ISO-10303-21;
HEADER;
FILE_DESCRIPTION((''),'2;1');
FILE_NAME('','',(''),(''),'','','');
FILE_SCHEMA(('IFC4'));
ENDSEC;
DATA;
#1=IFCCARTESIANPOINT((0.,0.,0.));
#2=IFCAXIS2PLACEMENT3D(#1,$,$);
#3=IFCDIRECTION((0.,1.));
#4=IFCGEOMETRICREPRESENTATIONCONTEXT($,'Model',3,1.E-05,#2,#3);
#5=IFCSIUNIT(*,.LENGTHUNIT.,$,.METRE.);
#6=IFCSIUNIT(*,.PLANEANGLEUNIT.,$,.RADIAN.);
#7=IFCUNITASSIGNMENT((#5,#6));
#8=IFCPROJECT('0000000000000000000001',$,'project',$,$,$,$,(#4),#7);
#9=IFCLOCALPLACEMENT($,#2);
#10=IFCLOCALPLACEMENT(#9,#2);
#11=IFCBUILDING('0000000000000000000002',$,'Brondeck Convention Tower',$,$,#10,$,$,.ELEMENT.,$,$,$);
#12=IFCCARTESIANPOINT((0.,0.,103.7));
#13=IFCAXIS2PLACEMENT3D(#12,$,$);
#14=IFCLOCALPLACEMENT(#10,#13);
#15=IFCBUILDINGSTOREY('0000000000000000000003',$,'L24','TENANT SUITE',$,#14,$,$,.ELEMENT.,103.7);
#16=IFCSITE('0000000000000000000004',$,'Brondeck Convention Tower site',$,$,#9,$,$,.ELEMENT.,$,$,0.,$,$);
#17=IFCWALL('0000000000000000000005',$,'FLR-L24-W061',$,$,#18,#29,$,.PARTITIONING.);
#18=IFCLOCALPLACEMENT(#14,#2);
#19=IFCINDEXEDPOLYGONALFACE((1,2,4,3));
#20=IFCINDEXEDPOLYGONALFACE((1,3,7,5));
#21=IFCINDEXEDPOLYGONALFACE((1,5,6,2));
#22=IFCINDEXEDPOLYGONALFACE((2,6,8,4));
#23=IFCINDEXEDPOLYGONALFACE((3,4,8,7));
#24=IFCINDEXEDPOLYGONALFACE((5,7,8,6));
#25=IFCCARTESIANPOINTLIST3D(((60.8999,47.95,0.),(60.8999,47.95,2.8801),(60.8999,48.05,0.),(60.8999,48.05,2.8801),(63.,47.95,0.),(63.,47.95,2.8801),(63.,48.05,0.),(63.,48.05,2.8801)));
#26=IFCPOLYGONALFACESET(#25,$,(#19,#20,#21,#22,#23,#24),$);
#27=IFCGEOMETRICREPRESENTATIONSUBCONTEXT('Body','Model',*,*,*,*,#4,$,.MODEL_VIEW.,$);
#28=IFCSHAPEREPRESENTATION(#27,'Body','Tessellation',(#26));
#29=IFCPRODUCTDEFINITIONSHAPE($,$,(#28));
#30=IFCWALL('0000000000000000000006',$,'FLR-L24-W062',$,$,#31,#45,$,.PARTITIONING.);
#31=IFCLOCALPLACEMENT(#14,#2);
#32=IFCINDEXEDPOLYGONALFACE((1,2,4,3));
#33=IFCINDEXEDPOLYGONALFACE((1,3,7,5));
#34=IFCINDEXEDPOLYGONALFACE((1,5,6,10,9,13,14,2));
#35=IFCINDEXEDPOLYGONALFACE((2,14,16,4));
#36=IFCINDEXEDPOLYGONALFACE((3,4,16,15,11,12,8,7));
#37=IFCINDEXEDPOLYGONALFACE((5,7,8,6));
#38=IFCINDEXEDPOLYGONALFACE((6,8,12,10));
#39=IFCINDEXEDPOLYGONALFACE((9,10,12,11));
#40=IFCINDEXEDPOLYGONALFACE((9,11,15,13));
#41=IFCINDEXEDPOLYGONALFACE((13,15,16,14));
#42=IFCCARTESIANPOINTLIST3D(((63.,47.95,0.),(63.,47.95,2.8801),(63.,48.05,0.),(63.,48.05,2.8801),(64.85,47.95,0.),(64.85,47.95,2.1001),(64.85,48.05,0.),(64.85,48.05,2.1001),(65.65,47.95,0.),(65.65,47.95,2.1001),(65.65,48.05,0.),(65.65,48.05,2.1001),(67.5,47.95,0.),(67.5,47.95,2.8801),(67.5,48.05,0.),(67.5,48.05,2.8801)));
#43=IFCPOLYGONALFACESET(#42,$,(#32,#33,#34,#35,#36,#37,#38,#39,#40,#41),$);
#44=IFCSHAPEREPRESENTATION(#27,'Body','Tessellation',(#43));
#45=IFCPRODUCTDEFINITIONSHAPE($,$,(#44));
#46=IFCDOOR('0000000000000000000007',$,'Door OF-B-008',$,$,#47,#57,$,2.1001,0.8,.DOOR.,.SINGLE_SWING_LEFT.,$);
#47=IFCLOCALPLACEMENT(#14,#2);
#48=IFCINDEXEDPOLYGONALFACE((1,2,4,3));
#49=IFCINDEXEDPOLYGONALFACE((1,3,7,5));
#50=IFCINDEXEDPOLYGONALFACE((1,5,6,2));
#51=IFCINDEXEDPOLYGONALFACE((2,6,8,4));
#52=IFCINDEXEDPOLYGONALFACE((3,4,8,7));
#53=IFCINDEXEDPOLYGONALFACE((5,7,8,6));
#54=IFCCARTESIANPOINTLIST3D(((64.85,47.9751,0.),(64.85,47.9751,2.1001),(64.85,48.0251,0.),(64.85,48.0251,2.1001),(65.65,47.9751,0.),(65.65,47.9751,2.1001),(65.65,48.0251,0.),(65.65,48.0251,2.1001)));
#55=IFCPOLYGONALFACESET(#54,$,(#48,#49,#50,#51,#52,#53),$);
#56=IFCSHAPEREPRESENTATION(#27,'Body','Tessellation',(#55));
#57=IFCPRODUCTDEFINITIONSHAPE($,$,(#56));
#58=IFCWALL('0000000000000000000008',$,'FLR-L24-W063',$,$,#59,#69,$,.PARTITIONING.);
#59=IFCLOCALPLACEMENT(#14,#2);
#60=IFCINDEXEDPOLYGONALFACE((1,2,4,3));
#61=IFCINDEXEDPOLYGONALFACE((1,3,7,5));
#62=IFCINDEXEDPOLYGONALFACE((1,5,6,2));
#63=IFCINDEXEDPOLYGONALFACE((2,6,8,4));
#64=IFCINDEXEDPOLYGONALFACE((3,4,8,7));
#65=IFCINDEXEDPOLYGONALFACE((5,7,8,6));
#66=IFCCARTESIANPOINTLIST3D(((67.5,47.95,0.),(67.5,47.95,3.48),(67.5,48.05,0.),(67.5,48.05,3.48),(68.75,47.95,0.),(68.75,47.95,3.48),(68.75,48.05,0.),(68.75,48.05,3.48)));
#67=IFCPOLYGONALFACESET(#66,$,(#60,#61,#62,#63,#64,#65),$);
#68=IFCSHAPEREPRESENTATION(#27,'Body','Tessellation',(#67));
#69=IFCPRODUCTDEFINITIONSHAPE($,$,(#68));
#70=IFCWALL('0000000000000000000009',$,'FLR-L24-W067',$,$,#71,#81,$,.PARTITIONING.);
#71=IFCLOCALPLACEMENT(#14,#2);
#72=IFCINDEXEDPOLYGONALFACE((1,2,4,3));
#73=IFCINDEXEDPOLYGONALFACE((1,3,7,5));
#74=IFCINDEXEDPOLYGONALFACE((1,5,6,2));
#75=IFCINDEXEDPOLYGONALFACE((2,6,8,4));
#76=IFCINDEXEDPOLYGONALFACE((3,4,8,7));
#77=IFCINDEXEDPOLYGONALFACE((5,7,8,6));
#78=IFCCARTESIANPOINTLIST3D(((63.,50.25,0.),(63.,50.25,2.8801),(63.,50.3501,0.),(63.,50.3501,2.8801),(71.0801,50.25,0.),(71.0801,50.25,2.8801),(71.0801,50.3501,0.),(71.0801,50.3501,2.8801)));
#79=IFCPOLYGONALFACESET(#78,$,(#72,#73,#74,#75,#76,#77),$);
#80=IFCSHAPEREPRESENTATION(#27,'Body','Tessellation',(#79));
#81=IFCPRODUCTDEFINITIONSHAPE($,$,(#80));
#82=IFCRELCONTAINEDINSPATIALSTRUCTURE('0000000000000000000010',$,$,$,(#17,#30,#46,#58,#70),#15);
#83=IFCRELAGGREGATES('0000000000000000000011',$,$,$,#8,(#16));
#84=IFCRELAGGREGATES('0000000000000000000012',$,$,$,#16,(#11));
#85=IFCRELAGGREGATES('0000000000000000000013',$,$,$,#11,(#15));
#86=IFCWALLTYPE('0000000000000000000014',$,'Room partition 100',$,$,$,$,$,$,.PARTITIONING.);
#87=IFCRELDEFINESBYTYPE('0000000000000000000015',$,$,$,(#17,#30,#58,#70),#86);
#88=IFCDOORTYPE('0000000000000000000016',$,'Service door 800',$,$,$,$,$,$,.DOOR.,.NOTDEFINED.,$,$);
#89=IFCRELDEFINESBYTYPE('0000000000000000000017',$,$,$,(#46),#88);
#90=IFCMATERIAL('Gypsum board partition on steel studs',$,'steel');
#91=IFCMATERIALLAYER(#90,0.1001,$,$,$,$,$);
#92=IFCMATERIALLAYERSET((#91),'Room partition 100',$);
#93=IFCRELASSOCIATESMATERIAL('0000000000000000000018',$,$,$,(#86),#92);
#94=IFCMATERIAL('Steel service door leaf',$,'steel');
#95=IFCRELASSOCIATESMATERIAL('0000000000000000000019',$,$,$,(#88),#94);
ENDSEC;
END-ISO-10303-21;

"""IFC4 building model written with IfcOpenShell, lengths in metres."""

from ifc_helpers import new_model, si_unit, direction, frame, frame_2d, origin, place, context, subcontext, project, spatial, rectangle, extrude, material, layer, layer_set, type_object, element, fill, save


model = new_model("IFC4")

# Units and contexts
model_context = context("Model", 3, precision=1e-05, world=origin(), true_north=direction((0.0, 1.0)))
body_context = subcontext(model_context, "Body", "Model", "MODEL_VIEW")
ifc_project = project(units=[si_unit("LENGTHUNIT", "METRE"), si_unit("PLANEANGLEUNIT", "RADIAN")], contexts=[model_context])

# Site, building, storey
site_placement = place(None, origin())
site = spatial("IfcSite", under=ifc_project, at=site_placement, Name="Brondeck Convention Tower site", CompositionType="ELEMENT", RefElevation=0.0)
building_placement = place(site_placement, origin())
building = spatial("IfcBuilding", under=site, at=building_placement, Name="Brondeck Convention Tower", CompositionType="ELEMENT")
storey_placement = place(building_placement, frame((0.0, 0.0, 103.7)))
storey = spatial("IfcBuildingStorey", under=building, at=storey_placement, Name="L24", Description="TENANT SUITE", CompositionType="ELEMENT", Elevation=103.7)

# Wall
ifc_material_1 = material(Name="Gypsum board partition on steel studs", Category="steel")
ifc_layer = layer(ifc_material_1, 0.1001)
ifc_layer_set = layer_set([ifc_layer], Name="Room partition 100")
wall_type = type_object("IfcWallType", Name="Room partition 100", PredefinedType="PARTITIONING", material=ifc_layer_set)
wall_1_placement = place(storey_placement, frame((63.0, 48.0, 0.0), z_axis=(0.0, 0.0, 1.0), x_axis=(-1.0, 0.0, 0.0)))
element("IfcWall", 1, at=wall_1_placement, inside=storey, type_object=wall_type, Name="FLR-L24-W061", PredefinedType="PARTITIONING", context=body_context, shape_type="SweptSolid", body=[
    extrude(rectangle(XDim=2.1001, YDim=0.1001, at=frame_2d((1.05, 0.0))), origin(), (0.0, 0.0, 1.0), 2.8801),
])

# Wall, opening, door
wall_2_placement = place(storey_placement, frame((67.5, 48.0, 0.0), z_axis=(0.0, 0.0, 1.0), x_axis=(-1.0, 0.0, 0.0)))
wall_2 = element("IfcWall", 2, at=wall_2_placement, inside=storey, type_object=wall_type, Name="FLR-L24-W062", PredefinedType="PARTITIONING", context=body_context, shape_type="SweptSolid", body=[
    extrude(rectangle(XDim=4.5, YDim=0.1001, at=frame_2d((2.25, 0.0))), origin(), (0.0, 0.0, 1.0), 2.8801),
])
opening_placement = place(wall_2_placement, frame((1.8501, 0.0, 0.0)))
opening = element("IfcOpeningElement", 3, at=opening_placement, cuts=wall_2, PredefinedType="OPENING", context=body_context, shape_type="SweptSolid", body=[
    extrude(rectangle(XDim=0.8, YDim=2.1001, at=frame_2d((0.3999, 1.05))), frame((0.0, 0.0601, 0.0), z_axis=(0.0, -1.0, 0.0), x_axis=(1.0, 0.0, 0.0)), (0.0, 0.0, 1.0), 0.1201),
])
ifc_material_2 = material(Name="Steel service door leaf", Category="steel")
door_type = type_object("IfcDoorType", Name="Service door 800", OperationType="NOTDEFINED", PredefinedType="DOOR", material=ifc_material_2)
door_placement = place(opening_placement, origin())
door = element("IfcDoor", 4, at=door_placement, inside=storey, type_object=door_type, Name="Door OF-B-008", OperationType="SINGLE_SWING_LEFT", OverallHeight=2.1001, OverallWidth=0.8, PredefinedType="DOOR", context=body_context, shape_type="SweptSolid", body=[
    extrude(rectangle(XDim=0.8, YDim=2.1001, at=frame_2d((0.3999, 1.05))), frame((0.0, 0.0249, 0.0), z_axis=(0.0, -1.0, 0.0), x_axis=(1.0, 0.0, 0.0)), (0.0, 0.0, 1.0), 0.05),
])
fill(opening, door)

# Walls
wall_3_placement = place(storey_placement, frame((68.75, 48.0, 0.0), z_axis=(0.0, 0.0, 1.0), x_axis=(-1.0, 0.0, 0.0)))
element("IfcWall", 5, at=wall_3_placement, inside=storey, type_object=wall_type, Name="FLR-L24-W063", PredefinedType="PARTITIONING", context=body_context, shape_type="SweptSolid", body=[
    extrude(rectangle(XDim=1.25, YDim=0.1001, at=frame_2d((0.625, 0.0))), origin(), (0.0, 0.0, 1.0), 3.48),
])
wall_4_placement = place(storey_placement, frame((63.0, 50.3, 0.0), z_axis=(0.0, 0.0, 1.0), x_axis=(1.0, 0.0, 0.0)))
element("IfcWall", 6, at=wall_4_placement, inside=storey, type_object=wall_type, Name="FLR-L24-W067", PredefinedType="PARTITIONING", context=body_context, shape_type="SweptSolid", body=[
    extrude(rectangle(XDim=8.0801, YDim=0.1001, at=frame_2d((4.04, 0.0))), origin(), (0.0, 0.0, 1.0), 2.8801),
])

save(model, "model.ifc")
